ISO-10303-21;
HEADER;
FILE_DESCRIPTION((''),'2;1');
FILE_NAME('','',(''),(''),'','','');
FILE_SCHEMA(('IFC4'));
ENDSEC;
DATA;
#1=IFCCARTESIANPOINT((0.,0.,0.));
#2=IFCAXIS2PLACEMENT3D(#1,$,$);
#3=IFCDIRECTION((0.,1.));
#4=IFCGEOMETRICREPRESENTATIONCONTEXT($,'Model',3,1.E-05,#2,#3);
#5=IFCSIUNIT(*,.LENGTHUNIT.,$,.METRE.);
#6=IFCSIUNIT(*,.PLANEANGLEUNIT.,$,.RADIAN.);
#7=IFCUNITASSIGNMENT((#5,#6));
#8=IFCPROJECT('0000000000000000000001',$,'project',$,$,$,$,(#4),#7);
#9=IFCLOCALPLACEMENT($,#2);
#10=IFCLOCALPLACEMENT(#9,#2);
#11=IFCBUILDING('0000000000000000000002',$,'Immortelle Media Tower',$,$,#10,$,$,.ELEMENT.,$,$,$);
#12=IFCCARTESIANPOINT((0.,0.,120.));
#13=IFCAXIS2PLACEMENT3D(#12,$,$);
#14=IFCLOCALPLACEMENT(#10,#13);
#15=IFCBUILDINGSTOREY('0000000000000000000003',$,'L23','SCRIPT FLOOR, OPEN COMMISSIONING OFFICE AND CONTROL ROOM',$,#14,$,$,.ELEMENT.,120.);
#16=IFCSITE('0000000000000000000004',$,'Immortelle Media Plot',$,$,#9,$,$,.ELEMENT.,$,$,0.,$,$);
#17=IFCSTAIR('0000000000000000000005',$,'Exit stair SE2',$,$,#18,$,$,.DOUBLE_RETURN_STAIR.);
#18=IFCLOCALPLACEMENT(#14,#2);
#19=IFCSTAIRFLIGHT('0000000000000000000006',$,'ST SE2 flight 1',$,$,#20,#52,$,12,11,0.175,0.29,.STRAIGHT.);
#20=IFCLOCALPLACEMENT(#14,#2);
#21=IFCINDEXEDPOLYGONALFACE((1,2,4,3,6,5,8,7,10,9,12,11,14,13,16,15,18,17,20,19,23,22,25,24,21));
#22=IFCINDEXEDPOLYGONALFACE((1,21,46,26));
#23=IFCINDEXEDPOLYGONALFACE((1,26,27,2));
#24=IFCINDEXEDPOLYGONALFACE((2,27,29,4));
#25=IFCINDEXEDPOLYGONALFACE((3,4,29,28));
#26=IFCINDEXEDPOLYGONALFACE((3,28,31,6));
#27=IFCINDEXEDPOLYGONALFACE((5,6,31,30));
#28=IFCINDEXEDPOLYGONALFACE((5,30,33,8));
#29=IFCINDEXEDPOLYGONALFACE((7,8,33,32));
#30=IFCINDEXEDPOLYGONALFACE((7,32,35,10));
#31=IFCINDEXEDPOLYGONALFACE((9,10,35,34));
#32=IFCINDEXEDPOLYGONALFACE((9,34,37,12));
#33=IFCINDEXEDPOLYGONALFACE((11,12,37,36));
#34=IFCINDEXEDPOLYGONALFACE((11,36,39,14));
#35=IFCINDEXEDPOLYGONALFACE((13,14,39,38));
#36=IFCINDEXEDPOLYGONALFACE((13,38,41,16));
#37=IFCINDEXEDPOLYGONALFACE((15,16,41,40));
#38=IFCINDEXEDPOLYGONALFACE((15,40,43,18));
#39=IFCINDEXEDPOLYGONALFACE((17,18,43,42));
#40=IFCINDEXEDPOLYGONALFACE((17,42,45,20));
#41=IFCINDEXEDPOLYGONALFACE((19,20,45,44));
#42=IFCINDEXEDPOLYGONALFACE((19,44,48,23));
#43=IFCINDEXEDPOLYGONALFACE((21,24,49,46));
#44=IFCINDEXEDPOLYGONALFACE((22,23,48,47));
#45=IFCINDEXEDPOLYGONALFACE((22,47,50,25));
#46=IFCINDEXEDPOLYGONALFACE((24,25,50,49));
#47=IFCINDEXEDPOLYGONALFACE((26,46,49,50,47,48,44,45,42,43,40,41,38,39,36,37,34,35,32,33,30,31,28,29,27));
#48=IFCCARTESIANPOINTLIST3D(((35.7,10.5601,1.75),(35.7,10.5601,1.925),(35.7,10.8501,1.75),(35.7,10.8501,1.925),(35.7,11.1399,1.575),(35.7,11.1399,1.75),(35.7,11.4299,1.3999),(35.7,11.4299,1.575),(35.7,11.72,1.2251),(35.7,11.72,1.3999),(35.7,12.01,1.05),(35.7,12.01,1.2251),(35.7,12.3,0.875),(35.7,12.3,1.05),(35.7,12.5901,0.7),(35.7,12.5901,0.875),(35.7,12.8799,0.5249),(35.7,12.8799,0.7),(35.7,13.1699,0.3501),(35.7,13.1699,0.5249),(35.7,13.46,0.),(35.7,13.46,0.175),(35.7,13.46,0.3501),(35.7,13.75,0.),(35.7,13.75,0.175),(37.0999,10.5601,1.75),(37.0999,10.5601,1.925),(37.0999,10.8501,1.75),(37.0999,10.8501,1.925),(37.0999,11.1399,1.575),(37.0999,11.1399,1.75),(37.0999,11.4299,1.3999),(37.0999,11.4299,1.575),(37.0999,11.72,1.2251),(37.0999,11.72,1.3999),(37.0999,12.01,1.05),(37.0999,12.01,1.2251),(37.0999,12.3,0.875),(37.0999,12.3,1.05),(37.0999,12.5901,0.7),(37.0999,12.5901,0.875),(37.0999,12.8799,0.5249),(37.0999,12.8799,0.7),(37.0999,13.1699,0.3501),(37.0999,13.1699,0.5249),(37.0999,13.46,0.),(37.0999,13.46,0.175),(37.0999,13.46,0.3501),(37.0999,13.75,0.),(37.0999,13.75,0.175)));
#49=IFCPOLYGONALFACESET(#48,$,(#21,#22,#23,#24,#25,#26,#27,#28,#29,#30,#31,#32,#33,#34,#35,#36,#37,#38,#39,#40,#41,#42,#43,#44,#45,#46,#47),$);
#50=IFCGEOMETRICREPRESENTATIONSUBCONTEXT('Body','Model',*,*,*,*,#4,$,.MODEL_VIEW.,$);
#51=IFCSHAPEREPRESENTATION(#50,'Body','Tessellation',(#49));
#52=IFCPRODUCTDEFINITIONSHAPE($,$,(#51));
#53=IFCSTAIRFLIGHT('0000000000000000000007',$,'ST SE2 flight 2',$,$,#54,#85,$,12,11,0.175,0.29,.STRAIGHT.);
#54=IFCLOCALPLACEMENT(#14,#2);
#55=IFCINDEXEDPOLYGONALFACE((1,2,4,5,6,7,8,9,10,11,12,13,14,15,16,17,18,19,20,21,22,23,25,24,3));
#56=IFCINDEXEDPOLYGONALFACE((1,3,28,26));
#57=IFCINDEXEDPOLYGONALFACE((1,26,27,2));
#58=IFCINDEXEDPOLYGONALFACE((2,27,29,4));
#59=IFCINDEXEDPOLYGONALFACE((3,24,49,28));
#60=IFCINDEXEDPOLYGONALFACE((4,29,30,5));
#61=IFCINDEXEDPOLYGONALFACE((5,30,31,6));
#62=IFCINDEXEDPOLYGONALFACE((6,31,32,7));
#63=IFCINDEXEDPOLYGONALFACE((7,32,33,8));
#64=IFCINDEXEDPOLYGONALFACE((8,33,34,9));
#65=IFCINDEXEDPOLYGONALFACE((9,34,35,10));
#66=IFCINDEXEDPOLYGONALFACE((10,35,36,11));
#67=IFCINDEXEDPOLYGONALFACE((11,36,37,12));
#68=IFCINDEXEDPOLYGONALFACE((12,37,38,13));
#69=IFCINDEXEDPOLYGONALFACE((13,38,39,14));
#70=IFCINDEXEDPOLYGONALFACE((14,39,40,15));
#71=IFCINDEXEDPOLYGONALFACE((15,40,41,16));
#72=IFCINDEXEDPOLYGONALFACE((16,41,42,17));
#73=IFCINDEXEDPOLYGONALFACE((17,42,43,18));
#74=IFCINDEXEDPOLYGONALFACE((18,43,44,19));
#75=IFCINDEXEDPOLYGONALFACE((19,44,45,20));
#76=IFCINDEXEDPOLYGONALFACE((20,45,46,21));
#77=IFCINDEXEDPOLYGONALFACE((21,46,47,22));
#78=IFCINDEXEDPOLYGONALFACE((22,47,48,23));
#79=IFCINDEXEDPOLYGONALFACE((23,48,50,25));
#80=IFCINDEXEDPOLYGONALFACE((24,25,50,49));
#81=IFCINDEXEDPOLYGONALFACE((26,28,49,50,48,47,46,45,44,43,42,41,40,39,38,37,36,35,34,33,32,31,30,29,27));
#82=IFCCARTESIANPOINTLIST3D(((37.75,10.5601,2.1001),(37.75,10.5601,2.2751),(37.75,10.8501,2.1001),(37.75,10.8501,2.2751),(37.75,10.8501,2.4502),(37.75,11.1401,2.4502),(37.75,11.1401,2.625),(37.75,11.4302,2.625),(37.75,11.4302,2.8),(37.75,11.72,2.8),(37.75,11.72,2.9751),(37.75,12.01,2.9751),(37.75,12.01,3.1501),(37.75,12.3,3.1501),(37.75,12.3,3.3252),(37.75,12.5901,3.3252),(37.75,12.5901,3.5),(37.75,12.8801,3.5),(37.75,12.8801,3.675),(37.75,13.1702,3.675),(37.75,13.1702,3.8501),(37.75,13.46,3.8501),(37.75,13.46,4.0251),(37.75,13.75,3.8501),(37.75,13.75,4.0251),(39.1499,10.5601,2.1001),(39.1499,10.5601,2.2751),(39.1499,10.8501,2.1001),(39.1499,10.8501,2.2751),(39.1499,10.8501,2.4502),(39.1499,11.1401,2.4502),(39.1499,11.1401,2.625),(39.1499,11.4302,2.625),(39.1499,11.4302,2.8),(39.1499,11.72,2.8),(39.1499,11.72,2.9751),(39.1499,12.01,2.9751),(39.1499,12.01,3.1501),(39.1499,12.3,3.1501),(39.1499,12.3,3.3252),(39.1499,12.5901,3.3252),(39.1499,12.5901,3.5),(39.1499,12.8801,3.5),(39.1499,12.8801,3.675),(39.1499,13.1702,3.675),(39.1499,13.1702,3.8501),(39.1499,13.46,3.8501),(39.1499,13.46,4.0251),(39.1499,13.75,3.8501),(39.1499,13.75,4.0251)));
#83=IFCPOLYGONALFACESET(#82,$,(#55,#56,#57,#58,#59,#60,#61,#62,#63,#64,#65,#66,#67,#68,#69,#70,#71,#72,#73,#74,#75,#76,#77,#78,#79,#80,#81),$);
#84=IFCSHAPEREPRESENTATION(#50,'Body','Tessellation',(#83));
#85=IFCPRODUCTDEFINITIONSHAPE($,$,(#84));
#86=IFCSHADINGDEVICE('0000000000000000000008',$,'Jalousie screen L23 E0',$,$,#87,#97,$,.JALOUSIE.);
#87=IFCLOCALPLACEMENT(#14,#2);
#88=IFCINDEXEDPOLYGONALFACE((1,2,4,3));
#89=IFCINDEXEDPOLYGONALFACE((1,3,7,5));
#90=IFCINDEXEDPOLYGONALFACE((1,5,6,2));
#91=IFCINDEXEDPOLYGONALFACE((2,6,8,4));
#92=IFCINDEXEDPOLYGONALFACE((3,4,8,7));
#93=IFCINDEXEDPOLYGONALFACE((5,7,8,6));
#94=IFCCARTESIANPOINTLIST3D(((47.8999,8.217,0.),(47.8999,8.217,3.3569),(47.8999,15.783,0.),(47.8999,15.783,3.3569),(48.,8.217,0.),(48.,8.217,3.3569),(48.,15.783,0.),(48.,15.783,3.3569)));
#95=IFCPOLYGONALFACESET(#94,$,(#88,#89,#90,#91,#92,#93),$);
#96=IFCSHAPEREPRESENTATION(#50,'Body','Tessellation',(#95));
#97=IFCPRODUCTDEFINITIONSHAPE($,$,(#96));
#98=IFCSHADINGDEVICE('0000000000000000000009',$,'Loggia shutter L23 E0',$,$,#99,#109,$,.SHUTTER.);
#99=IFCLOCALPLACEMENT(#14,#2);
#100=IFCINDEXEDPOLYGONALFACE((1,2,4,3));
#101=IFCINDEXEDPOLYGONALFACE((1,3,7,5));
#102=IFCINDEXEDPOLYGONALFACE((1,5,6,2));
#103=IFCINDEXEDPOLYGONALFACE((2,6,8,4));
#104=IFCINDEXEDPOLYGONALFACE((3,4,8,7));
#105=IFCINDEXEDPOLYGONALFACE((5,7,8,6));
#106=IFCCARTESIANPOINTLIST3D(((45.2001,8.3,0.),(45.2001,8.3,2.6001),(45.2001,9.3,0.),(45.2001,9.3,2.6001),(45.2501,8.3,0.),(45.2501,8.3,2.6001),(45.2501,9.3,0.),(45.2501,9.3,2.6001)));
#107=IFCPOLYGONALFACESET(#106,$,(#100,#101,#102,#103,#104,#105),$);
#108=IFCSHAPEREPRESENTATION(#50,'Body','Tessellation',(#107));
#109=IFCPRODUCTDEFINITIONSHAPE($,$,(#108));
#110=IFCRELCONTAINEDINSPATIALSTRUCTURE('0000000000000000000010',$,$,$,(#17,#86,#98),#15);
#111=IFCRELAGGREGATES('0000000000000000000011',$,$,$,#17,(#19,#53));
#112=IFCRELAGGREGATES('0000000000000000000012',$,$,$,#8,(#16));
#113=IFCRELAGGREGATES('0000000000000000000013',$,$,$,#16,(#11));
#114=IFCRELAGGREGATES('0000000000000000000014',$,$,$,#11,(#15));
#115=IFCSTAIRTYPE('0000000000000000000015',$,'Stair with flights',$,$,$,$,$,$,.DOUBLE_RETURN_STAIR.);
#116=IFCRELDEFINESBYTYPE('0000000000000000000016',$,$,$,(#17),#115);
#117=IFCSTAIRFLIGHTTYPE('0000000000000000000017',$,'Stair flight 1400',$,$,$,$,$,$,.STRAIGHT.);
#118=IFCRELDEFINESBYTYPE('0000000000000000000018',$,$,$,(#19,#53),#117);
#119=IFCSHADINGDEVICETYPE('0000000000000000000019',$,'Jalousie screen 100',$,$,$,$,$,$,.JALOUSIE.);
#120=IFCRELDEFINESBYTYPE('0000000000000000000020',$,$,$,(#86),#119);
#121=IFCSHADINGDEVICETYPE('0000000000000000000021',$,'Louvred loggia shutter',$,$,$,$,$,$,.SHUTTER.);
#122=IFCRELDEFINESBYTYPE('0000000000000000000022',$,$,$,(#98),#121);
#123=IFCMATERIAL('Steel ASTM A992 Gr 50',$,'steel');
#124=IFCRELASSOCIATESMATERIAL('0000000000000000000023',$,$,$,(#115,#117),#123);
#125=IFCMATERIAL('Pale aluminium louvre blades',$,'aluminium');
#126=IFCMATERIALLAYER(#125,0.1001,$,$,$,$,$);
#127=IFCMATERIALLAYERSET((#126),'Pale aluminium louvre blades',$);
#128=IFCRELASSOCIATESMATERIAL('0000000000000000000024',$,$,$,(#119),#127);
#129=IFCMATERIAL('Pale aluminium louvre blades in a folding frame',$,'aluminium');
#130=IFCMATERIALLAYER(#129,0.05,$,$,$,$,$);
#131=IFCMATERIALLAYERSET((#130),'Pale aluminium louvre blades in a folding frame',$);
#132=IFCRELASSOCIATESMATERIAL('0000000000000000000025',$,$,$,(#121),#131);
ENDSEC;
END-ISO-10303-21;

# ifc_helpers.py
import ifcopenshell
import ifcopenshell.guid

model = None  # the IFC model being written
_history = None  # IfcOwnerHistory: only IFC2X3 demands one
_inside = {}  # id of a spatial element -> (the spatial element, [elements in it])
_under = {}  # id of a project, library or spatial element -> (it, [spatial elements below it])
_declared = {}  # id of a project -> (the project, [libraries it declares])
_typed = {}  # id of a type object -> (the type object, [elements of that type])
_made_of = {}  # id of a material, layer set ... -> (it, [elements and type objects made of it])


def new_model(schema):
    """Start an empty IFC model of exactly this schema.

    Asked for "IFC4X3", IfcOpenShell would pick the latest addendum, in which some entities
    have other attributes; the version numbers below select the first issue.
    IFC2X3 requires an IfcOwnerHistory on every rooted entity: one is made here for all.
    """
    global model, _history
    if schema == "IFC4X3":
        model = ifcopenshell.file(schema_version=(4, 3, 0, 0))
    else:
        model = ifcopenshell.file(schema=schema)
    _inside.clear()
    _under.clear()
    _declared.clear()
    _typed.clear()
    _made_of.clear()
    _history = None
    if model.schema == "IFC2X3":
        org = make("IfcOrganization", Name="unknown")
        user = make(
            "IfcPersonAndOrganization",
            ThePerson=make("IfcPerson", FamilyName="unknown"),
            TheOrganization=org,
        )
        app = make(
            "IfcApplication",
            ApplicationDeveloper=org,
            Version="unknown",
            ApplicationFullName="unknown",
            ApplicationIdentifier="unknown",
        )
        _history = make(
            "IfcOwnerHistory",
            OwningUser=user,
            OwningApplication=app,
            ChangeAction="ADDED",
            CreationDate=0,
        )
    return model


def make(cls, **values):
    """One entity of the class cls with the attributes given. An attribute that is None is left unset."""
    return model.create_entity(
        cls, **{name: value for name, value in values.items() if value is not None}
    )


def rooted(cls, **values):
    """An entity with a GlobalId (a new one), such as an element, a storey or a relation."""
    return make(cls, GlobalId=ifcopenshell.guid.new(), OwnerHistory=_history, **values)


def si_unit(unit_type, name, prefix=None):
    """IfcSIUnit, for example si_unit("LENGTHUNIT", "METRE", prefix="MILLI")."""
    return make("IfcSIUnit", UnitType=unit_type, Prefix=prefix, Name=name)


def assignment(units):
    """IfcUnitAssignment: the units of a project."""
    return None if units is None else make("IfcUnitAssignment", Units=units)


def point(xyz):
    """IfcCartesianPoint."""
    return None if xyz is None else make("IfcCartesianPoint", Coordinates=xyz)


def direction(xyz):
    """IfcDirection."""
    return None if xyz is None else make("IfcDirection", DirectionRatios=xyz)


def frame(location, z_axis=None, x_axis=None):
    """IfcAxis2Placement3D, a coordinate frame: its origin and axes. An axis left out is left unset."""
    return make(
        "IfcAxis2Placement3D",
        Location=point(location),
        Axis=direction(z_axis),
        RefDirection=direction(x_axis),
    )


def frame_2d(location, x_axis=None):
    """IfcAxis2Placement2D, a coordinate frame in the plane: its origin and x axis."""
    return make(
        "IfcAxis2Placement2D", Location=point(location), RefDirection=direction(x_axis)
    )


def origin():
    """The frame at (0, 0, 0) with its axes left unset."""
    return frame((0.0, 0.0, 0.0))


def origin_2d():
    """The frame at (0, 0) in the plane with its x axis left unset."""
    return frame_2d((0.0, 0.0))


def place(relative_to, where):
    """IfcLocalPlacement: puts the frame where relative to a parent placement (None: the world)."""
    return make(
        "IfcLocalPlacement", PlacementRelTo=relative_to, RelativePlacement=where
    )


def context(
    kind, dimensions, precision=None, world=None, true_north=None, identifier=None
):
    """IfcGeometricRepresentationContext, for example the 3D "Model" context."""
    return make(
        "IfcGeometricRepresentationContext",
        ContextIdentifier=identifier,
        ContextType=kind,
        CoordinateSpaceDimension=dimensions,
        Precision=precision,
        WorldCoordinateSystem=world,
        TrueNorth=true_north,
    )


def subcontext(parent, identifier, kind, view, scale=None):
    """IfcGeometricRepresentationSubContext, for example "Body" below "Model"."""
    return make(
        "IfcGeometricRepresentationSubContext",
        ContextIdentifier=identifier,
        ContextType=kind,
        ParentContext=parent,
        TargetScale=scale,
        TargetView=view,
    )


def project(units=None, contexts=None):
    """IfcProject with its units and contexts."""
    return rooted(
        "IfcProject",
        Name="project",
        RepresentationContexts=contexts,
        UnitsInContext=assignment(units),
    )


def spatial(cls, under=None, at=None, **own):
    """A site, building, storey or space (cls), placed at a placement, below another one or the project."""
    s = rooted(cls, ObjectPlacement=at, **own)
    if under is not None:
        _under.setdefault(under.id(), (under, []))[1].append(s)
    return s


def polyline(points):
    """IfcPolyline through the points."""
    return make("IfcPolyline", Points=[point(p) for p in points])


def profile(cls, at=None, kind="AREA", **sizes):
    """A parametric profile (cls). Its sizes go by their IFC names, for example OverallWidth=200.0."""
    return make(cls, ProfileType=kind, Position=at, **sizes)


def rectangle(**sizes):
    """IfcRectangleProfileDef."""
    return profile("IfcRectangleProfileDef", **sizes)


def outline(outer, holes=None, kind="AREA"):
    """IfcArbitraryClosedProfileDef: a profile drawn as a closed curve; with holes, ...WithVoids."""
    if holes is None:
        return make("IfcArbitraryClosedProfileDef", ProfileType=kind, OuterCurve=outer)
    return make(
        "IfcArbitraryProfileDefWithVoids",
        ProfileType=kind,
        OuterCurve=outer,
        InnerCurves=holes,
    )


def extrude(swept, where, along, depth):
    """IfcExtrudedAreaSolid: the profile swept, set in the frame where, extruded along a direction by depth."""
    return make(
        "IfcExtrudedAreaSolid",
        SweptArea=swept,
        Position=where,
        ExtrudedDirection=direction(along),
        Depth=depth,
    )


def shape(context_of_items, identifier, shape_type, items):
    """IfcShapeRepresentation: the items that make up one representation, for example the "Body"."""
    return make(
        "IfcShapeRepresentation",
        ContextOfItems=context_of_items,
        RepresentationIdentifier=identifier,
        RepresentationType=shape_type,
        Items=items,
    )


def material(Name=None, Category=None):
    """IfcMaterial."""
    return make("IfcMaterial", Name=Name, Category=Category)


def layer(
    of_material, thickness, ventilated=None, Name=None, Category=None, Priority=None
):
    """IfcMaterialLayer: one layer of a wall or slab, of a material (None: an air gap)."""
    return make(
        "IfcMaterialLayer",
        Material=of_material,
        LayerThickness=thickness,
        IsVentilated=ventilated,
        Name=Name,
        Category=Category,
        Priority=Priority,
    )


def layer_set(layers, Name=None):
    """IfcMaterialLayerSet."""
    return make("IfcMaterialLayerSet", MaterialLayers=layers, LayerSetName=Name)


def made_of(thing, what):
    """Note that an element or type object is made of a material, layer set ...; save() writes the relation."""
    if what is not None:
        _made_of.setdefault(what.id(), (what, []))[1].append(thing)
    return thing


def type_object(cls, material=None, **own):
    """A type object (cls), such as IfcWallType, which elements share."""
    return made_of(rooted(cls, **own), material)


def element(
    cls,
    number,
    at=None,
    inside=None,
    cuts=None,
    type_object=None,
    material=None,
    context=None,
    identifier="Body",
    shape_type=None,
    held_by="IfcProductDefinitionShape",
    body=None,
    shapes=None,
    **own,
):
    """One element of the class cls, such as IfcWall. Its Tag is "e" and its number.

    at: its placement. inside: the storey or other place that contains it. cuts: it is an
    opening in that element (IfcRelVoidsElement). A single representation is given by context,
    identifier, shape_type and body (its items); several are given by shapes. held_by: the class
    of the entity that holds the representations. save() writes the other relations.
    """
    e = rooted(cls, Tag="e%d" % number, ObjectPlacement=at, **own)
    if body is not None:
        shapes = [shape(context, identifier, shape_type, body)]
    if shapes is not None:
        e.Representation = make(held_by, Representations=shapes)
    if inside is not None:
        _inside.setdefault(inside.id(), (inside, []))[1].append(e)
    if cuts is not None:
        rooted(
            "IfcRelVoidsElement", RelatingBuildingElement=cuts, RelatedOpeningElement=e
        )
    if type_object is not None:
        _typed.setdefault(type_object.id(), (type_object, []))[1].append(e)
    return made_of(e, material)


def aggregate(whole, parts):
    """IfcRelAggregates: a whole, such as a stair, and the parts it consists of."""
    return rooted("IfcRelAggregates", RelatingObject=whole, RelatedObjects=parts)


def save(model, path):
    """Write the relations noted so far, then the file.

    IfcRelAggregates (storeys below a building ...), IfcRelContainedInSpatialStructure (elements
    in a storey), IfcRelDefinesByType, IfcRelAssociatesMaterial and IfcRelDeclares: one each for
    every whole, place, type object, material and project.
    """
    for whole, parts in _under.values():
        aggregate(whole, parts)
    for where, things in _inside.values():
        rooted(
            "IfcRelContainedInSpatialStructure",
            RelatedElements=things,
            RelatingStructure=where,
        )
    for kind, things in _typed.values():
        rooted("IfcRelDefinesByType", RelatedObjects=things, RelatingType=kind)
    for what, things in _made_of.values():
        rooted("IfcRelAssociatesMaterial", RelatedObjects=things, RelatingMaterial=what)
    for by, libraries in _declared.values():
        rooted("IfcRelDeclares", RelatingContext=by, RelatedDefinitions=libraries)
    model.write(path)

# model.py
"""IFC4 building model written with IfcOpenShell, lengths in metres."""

from ifc_helpers import new_model, si_unit, direction, frame, origin, origin_2d, place, context, subcontext, project, spatial, polyline, rectangle, outline, extrude, material, layer, layer_set, type_object, element, aggregate, save


model = new_model("IFC4")

# Units and contexts
model_context = context("Model", 3, precision=1e-05, world=origin(), true_north=direction((0.0, 1.0)))
body_context = subcontext(model_context, "Body", "Model", "MODEL_VIEW")
ifc_project = project(units=[si_unit("LENGTHUNIT", "METRE"), si_unit("PLANEANGLEUNIT", "RADIAN")], contexts=[model_context])

# Site, building, storey
site_placement = place(None, origin())
site = spatial("IfcSite", under=ifc_project, at=site_placement, Name="Immortelle Media Plot", CompositionType="ELEMENT", RefElevation=0.0)
building_placement = place(site_placement, origin())
building = spatial("IfcBuilding", under=site, at=building_placement, Name="Immortelle Media Tower", CompositionType="ELEMENT")
storey_placement = place(building_placement, frame((0.0, 0.0, 120.0)))
storey = spatial("IfcBuildingStorey", under=building, at=storey_placement, Name="L23", Description="SCRIPT FLOOR, OPEN COMMISSIONING OFFICE AND CONTROL ROOM", CompositionType="ELEMENT", Elevation=120.0)

# Shared definitions
ifc_material_1 = material(Name="Steel ASTM A992 Gr 50", Category="steel")

# Stair, stair flights
stair_type = type_object("IfcStairType", Name="Stair with flights", PredefinedType="DOUBLE_RETURN_STAIR", material=ifc_material_1)
stair_flight_type = type_object("IfcStairFlightType", Name="Stair flight 1400", PredefinedType="STRAIGHT", material=ifc_material_1)
stair_1_placement = place(storey_placement, origin())
stair_1 = element("IfcStair", 1, at=stair_1_placement, inside=storey, type_object=stair_type, Name="Exit stair SE2", PredefinedType="DOUBLE_RETURN_STAIR")
stair_flight_1_placement = place(storey_placement, frame((36.3999, 13.75, 0.0), z_axis=(0.0, 0.0, 1.0), x_axis=(0.0, -1.0, 0.0)))
stair_flight_1 = element("IfcStairFlight", 2, at=stair_flight_1_placement, type_object=stair_flight_type, Name="ST SE2 flight 1", NumberOfRisers=12, NumberOfTreads=11, PredefinedType="STRAIGHT", RiserHeight=0.175, TreadLength=0.29, context=body_context, shape_type="SweptSolid", body=[
    extrude(outline(polyline([(0.0, 0.0), (0.0, 0.175), (0.29, 0.175), (0.29, 0.3501), (0.5801, 0.3501), (0.5801, 0.5249), (0.8701, 0.5249), (0.8701, 0.7), (1.1599, 0.7), (1.1599, 0.875), (1.45, 0.875), (1.45, 1.05), (1.74, 1.05), (1.74, 1.2251), (2.03, 1.2251), (2.03, 1.3999), (2.3201, 1.3999), (2.3201, 1.575), (2.6101, 1.575), (2.6101, 1.75), (2.8999, 1.75), (2.8999, 1.925), (3.1899, 1.925), (3.1899, 2.1001), (3.1899, 1.75), (0.29, 0.0), (0.0, 0.0)])), frame((0.0, 0.7, 0.0), z_axis=(0.0, -1.0, 0.0), x_axis=(1.0, 0.0, 0.0)), (0.0, 0.0, 1.0), 1.3999),
])
stair_flight_2_placement = place(storey_placement, frame((38.45, 10.5601, 2.1001), z_axis=(0.0, 0.0, 1.0), x_axis=(0.0, 1.0, 0.0)))
stair_flight_2 = element("IfcStairFlight", 3, at=stair_flight_2_placement, type_object=stair_flight_type, Name="ST SE2 flight 2", NumberOfRisers=12, NumberOfTreads=11, PredefinedType="STRAIGHT", RiserHeight=0.175, TreadLength=0.29, context=body_context, shape_type="SweptSolid", body=[
    extrude(outline(polyline([(0.0, 0.0), (0.0, 0.175), (0.29, 0.175), (0.29, 0.3501), (0.5801, 0.3501), (0.5801, 0.5249), (0.8701, 0.5249), (0.8701, 0.7), (1.1599, 0.7), (1.1599, 0.875), (1.45, 0.875), (1.45, 1.05), (1.74, 1.05), (1.74, 1.2251), (2.03, 1.2251), (2.03, 1.3999), (2.3201, 1.3999), (2.3201, 1.575), (2.6101, 1.575), (2.6101, 1.75), (2.8999, 1.75), (2.8999, 1.925), (3.1899, 1.925), (3.1899, 2.1001), (3.1899, 1.75), (0.29, 0.0), (0.0, 0.0)])), frame((0.0, 0.7, 0.0), z_axis=(0.0, -1.0, 0.0), x_axis=(1.0, 0.0, 0.0)), (0.0, 0.0, 1.0), 1.3999),
])
aggregate(stair_1, [stair_flight_1, stair_flight_2])

# Shading devices
ifc_material_2 = material(Name="Pale aluminium louvre blades", Category="aluminium")
ifc_layer_1 = layer(ifc_material_2, 0.1001)
ifc_layer_set_1 = layer_set([ifc_layer_1], Name="Pale aluminium louvre blades")
shading_device_type_1 = type_object("IfcShadingDeviceType", Name="Jalousie screen 100", PredefinedType="JALOUSIE", material=ifc_layer_set_1)
shading_device_1_placement = place(storey_placement, frame((47.95, 12.0, 0.0), z_axis=(0.0, 0.0, 1.0), x_axis=(0.0, 1.0, 0.0)))
element("IfcShadingDevice", 4, at=shading_device_1_placement, inside=storey, type_object=shading_device_type_1, Name="Jalousie screen L23 E0", PredefinedType="JALOUSIE", context=body_context, shape_type="SweptSolid", body=[
    extrude(rectangle(XDim=7.5659, YDim=0.1001, at=origin_2d()), origin(), (0.0, 0.0, 1.0), 3.3569),
])
ifc_material_3 = material(Name="Pale aluminium louvre blades in a folding frame", Category="aluminium")
ifc_layer_2 = layer(ifc_material_3, 0.05)
ifc_layer_set_2 = layer_set([ifc_layer_2], Name="Pale aluminium louvre blades in a folding frame")
shading_device_type_2 = type_object("IfcShadingDeviceType", Name="Louvred loggia shutter", PredefinedType="SHUTTER", material=ifc_layer_set_2)
shading_device_2_placement = place(storey_placement, frame((45.2251, 8.8, 0.0), z_axis=(0.0, 0.0, 1.0), x_axis=(0.0, 1.0, 0.0)))
element("IfcShadingDevice", 5, at=shading_device_2_placement, inside=storey, type_object=shading_device_type_2, Name="Loggia shutter L23 E0", PredefinedType="SHUTTER", context=body_context, shape_type="SweptSolid", body=[
    extrude(rectangle(XDim=1.0, YDim=0.05, at=origin_2d()), origin(), (0.0, 0.0, 1.0), 2.6001),
])

save(model, "model.ifc")
